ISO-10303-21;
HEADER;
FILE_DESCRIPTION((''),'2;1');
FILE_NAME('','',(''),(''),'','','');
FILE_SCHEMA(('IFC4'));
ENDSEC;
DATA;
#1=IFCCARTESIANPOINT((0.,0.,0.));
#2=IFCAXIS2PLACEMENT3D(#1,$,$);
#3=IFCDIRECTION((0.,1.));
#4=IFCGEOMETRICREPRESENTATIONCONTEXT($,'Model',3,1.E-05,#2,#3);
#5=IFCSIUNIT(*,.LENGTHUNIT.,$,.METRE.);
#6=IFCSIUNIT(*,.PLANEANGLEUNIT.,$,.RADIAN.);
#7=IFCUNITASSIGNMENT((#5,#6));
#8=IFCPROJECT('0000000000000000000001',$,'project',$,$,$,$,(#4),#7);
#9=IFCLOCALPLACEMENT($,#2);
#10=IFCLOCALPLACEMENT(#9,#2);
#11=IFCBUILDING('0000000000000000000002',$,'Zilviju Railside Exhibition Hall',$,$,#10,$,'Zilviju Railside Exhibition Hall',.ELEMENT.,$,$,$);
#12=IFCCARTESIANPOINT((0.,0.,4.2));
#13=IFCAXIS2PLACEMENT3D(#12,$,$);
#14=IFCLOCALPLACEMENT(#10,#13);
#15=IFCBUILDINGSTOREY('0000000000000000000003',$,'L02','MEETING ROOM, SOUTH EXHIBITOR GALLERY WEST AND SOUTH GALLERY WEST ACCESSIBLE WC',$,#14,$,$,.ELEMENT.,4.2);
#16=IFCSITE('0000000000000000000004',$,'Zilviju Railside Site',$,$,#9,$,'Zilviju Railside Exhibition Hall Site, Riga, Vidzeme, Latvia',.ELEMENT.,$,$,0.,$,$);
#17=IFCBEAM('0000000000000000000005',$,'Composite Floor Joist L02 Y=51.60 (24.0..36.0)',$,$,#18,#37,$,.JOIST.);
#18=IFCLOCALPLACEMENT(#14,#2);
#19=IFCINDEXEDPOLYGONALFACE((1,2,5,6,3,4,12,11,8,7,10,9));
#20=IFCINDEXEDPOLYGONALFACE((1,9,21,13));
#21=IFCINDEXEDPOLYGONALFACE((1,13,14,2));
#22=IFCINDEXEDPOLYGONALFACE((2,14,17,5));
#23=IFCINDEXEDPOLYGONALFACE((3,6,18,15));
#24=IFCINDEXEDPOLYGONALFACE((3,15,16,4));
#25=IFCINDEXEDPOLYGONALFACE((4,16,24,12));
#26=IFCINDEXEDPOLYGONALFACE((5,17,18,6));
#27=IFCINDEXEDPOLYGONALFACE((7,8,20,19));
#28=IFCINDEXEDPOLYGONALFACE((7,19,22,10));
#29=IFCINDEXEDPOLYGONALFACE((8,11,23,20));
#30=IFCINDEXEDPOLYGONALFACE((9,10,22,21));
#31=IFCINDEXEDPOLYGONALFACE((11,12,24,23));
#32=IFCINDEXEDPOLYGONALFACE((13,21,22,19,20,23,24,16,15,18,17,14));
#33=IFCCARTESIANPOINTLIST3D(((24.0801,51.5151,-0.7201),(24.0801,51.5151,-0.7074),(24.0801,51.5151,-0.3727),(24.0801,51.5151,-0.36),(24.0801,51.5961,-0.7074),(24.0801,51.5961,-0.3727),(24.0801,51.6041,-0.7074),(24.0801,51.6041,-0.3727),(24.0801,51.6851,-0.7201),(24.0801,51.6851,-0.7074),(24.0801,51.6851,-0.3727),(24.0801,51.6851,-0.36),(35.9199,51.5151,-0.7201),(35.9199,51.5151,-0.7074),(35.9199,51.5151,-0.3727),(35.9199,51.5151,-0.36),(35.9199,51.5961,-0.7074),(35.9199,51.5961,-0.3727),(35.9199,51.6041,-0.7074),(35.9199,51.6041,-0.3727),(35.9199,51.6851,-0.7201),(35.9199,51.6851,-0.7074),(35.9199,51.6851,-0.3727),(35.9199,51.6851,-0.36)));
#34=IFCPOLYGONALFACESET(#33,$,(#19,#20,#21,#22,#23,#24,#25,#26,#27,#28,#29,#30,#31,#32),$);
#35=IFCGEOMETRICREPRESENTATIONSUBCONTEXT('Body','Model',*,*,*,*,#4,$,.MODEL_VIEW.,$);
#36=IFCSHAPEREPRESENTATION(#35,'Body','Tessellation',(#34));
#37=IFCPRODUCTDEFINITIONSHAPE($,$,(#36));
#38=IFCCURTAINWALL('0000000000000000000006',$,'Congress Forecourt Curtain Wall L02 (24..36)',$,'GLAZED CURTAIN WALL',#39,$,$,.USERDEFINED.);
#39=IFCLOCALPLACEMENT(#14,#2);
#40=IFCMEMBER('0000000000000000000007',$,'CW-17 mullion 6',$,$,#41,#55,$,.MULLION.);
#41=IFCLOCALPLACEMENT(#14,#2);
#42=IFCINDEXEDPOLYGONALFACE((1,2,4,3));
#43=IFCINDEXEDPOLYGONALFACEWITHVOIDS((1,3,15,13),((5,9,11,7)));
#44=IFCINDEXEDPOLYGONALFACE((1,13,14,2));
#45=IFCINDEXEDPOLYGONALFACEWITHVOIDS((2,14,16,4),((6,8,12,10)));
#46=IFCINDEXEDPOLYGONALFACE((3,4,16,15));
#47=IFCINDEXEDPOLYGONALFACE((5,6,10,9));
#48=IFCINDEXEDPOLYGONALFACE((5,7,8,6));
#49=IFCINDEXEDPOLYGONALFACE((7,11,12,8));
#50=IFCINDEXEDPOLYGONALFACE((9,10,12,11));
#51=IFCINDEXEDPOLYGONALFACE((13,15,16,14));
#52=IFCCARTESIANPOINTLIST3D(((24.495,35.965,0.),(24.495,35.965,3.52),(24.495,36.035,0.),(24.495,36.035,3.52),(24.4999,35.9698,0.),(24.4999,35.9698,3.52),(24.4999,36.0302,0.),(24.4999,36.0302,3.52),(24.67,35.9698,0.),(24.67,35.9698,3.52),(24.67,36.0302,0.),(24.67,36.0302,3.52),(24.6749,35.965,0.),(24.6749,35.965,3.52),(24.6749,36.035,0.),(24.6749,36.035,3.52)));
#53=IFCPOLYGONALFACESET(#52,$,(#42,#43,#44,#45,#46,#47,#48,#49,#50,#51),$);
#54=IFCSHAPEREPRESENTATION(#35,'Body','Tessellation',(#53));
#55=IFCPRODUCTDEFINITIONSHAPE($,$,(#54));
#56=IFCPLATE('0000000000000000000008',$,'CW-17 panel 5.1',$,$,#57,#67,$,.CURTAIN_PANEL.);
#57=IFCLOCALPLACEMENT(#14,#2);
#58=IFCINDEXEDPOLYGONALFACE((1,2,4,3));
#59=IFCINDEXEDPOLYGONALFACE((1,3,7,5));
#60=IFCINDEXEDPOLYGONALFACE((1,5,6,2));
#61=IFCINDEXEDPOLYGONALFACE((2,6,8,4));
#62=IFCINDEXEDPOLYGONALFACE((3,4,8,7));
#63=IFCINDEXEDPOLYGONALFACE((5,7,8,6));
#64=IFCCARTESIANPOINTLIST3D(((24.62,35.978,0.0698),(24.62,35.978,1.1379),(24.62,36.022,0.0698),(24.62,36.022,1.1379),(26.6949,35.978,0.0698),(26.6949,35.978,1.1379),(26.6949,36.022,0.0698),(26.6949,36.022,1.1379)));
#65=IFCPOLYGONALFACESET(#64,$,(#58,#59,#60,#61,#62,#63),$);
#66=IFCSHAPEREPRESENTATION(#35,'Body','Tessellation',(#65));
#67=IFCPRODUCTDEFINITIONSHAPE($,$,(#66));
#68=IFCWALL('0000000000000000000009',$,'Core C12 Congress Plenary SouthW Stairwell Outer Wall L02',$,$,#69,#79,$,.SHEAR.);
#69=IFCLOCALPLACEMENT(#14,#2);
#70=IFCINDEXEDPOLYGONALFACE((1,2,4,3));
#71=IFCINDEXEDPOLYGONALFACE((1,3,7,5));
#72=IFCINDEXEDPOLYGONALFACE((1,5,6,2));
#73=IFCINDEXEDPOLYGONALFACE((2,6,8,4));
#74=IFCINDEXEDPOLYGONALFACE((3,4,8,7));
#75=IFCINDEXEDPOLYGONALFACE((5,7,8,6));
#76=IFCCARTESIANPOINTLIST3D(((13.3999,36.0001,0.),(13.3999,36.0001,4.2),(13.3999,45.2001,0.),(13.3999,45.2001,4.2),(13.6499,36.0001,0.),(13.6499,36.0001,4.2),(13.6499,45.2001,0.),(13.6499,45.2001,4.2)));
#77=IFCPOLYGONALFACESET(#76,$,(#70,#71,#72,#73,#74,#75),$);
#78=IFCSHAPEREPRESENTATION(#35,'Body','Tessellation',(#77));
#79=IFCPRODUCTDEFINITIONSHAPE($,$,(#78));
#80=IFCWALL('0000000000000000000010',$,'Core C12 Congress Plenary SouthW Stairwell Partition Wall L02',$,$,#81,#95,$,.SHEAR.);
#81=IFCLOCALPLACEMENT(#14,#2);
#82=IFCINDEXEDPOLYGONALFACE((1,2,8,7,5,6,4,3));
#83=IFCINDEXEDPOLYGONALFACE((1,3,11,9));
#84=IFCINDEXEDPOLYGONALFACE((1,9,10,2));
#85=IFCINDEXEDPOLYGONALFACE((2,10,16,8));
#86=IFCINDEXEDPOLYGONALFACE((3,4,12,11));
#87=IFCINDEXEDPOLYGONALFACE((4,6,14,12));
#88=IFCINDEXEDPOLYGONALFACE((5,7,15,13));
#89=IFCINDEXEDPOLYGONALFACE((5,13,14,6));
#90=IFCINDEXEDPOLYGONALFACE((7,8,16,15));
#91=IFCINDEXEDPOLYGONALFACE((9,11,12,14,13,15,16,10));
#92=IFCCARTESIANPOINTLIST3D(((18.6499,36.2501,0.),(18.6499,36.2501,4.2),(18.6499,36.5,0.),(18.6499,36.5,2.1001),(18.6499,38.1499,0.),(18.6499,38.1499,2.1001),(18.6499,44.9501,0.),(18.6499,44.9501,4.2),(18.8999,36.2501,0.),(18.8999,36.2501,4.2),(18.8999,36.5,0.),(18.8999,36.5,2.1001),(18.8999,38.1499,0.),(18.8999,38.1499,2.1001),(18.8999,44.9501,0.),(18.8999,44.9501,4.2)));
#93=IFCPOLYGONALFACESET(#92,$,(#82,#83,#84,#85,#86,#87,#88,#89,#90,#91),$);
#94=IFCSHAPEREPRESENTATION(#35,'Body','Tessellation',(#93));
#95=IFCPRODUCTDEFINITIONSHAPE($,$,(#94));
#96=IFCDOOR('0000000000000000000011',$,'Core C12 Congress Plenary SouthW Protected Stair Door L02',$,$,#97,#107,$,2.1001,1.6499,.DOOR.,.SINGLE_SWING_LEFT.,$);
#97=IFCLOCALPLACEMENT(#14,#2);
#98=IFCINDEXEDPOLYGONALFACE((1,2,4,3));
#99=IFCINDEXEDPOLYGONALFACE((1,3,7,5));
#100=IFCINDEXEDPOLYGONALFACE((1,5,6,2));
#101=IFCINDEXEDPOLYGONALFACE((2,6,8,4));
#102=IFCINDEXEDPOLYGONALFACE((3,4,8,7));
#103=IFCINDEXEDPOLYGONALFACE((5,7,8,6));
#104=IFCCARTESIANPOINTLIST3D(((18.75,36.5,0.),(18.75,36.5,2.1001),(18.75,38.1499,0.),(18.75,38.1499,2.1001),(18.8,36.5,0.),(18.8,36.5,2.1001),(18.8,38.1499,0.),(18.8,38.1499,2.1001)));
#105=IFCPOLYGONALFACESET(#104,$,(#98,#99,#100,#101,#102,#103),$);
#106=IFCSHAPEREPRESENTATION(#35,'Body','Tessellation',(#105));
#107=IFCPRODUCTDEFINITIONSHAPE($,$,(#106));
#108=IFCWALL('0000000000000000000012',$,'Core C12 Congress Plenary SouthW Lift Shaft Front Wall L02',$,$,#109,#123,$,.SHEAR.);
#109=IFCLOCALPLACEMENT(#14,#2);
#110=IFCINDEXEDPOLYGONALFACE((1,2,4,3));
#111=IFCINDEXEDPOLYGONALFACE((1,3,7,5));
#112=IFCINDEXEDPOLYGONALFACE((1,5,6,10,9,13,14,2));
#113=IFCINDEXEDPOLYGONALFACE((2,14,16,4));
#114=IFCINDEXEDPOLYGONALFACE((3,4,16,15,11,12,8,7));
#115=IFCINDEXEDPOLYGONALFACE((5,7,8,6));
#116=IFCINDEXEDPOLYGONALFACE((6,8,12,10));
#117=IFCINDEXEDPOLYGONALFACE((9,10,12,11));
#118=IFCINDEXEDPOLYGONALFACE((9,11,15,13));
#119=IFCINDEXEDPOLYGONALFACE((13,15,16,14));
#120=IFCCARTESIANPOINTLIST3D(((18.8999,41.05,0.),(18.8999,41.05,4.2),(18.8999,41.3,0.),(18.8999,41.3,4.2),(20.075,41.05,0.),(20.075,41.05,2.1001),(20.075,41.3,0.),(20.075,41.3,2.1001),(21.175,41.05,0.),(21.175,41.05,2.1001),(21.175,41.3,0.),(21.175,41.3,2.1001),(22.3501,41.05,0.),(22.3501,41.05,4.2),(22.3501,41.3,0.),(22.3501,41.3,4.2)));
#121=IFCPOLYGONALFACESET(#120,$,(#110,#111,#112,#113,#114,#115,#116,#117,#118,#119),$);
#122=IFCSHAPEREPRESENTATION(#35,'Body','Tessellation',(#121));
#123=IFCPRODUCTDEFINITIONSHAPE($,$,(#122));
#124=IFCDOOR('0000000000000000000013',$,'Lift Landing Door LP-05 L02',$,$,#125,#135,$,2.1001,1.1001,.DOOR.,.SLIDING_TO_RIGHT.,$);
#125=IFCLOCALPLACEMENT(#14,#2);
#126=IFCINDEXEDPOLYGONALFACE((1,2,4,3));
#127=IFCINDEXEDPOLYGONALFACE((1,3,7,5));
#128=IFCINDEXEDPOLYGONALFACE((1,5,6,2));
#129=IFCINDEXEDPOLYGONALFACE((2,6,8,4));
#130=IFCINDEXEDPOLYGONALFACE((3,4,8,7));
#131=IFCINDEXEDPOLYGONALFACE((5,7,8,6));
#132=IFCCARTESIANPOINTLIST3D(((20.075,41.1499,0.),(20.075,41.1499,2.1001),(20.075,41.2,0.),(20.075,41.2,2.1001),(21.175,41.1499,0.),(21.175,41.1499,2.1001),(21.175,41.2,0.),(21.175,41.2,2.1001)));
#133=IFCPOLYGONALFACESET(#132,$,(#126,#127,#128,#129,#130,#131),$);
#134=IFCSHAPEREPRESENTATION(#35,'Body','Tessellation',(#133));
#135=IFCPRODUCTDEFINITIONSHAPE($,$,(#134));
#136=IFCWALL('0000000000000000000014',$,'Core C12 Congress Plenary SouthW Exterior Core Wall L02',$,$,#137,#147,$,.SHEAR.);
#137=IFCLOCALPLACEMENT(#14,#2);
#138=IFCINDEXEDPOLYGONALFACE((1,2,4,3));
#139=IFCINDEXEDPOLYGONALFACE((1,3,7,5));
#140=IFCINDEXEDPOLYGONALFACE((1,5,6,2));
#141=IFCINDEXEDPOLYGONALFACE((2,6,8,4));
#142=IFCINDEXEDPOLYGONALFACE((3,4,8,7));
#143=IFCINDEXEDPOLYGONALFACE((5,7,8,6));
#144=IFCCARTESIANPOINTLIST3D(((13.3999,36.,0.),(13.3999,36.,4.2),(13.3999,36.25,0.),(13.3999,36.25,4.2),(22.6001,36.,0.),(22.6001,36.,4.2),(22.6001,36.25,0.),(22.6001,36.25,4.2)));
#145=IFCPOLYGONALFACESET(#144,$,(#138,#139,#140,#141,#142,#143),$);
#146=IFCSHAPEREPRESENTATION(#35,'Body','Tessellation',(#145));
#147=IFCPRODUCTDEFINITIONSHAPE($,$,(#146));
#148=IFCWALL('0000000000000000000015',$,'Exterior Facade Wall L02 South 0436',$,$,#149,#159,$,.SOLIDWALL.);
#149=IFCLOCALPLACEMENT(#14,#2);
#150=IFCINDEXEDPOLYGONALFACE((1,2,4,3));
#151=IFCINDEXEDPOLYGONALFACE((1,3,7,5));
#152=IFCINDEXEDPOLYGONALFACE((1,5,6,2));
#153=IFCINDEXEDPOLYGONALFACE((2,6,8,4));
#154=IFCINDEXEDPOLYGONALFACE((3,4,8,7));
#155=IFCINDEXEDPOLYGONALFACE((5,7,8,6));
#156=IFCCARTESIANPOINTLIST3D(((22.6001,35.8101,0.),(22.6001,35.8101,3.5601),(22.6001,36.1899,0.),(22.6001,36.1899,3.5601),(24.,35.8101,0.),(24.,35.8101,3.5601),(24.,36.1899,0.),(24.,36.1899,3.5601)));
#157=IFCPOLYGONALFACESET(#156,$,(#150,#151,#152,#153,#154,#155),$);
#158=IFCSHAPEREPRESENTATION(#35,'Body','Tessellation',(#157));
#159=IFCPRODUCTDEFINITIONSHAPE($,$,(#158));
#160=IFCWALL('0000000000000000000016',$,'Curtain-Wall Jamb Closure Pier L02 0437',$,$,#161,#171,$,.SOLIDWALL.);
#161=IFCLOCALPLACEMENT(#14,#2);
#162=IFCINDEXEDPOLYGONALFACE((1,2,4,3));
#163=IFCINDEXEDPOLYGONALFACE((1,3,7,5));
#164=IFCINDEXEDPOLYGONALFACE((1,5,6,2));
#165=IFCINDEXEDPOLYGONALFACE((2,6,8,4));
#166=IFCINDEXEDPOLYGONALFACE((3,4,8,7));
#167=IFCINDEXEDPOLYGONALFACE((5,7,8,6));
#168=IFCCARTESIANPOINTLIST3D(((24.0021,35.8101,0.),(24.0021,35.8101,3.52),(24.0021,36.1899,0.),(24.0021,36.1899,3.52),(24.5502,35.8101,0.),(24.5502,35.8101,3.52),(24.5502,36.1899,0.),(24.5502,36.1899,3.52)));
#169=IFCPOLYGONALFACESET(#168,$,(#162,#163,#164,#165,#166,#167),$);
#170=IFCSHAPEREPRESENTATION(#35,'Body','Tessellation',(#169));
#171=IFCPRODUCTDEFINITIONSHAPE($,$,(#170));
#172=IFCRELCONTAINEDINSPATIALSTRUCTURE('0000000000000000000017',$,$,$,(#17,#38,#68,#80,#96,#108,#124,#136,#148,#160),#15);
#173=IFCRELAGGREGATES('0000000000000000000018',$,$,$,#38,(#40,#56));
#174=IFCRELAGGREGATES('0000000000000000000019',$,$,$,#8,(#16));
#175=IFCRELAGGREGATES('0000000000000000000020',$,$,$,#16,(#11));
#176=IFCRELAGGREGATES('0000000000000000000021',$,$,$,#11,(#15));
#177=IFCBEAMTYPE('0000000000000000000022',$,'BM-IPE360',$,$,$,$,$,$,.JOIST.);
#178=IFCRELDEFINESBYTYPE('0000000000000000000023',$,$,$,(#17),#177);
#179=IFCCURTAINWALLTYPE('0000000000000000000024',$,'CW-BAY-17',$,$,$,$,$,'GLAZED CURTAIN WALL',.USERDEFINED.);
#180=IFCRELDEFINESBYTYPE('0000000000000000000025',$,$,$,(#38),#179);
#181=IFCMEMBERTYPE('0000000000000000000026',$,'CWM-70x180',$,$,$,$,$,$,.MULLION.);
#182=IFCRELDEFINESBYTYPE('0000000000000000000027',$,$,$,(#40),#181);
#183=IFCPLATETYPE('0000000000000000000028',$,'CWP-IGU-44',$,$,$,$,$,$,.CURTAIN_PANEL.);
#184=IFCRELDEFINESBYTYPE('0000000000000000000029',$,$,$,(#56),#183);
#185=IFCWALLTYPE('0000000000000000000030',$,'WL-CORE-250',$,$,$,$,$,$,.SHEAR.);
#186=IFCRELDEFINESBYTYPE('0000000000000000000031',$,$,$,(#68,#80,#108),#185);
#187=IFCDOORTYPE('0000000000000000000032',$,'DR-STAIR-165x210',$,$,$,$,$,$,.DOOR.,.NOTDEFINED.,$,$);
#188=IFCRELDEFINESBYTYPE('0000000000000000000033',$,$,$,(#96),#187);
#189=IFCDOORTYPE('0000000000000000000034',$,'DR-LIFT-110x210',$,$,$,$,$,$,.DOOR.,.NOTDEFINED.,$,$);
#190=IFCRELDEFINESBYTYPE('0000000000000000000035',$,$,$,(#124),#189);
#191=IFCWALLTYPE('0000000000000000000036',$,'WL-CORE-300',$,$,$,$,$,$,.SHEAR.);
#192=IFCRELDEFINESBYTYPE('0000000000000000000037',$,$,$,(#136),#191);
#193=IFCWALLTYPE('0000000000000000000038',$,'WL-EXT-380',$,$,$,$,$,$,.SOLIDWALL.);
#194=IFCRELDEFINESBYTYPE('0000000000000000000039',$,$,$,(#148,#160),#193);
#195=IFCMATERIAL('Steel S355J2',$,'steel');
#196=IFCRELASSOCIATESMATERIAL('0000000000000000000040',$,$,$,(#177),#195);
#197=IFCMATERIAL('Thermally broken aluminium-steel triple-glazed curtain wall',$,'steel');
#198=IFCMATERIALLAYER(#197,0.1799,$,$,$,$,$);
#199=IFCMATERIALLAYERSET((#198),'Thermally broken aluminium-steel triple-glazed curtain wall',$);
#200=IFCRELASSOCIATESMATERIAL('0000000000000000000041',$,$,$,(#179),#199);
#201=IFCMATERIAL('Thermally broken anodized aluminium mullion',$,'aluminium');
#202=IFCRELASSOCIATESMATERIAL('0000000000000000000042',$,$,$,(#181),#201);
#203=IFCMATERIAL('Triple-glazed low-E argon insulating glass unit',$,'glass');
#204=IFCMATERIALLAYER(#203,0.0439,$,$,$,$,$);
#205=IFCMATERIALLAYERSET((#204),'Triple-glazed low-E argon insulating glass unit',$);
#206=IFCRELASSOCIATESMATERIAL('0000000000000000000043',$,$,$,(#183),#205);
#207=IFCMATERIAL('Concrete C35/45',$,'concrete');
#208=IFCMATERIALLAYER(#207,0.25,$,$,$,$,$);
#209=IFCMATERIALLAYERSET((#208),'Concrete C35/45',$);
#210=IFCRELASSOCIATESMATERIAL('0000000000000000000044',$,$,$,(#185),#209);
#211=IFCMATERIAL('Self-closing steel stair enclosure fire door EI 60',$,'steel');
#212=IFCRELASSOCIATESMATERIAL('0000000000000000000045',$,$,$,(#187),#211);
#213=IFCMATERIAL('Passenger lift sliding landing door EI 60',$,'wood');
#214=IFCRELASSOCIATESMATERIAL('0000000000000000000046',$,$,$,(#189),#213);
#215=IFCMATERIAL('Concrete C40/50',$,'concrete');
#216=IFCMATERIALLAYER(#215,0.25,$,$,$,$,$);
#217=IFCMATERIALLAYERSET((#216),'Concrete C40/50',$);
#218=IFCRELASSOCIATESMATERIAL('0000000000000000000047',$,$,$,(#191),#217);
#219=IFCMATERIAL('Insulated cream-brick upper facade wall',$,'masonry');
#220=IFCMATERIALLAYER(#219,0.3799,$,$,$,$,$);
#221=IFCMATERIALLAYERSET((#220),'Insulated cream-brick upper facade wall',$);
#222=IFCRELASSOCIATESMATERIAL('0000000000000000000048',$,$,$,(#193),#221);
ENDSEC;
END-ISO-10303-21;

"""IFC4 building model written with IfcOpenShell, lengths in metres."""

from ifc_helpers import new_model, si_unit, direction, frame, frame_2d, origin, origin_2d, place, context, subcontext, project, spatial, rectangle, hollow_rectangle, i_section, extrude, material, layer, layer_set, material_profile, profile_set, type_object, element, fill, aggregate, save


model = new_model("IFC4")

# Units and contexts
model_context = context("Model", 3, precision=1e-05, world=origin(), true_north=direction((0.0, 1.0)))
body_context = subcontext(model_context, "Body", "Model", "MODEL_VIEW")
ifc_project = project(units=[si_unit("LENGTHUNIT", "METRE"), si_unit("PLANEANGLEUNIT", "RADIAN")], contexts=[model_context])

# Site, building, storey
site_placement = place(None, origin())
site = spatial("IfcSite", under=ifc_project, at=site_placement, Name="Zilviju Railside Site", LongName="Zilviju Railside Exhibition Hall Site, Riga, Vidzeme, Latvia", CompositionType="ELEMENT", RefElevation=0.0)
building_placement = place(site_placement, origin())
building = spatial("IfcBuilding", under=site, at=building_placement, Name="Zilviju Railside Exhibition Hall", LongName="Zilviju Railside Exhibition Hall", CompositionType="ELEMENT")
storey_placement = place(building_placement, frame((0.0, 0.0, 4.2)))
storey = spatial("IfcBuildingStorey", under=building, at=storey_placement, Name="L02", Description="MEETING ROOM, SOUTH EXHIBITOR GALLERY WEST AND SOUTH GALLERY WEST ACCESSIBLE WC", CompositionType="ELEMENT", Elevation=4.2)

# Shared definitions
ifc_material_1 = material(Name="Steel S355J2", Category="steel")

# Beam
ifc_material_profile_1 = material_profile(ifc_material_1, i_section(OverallWidth=0.1699, OverallDepth=0.3601, WebThickness=0.0081, FlangeThickness=0.0127, at=origin_2d()), Name="IPE 360")
ifc_profile_set_1 = profile_set([ifc_material_profile_1], Name="Steel S355J2")
beam_type_1 = type_object("IfcBeamType", Name="BM-IPE360", PredefinedType="JOIST", material=ifc_profile_set_1)
beam_1_placement = place(storey_placement, frame((24.0801, 51.6001, -0.54), z_axis=(1.0, 0.0, 0.0), x_axis=(0.0, 1.0, 0.0)))
element("IfcBeam", 1, at=beam_1_placement, inside=storey, type_object=beam_type_1, Name="Composite Floor Joist L02 Y=51.60 (24.0..36.0)", PredefinedType="JOIST", context=body_context, shape_type="SweptSolid", body=[
    extrude(i_section(OverallWidth=0.1699, OverallDepth=0.3601, WebThickness=0.0081, FlangeThickness=0.0127, at=origin_2d()), origin(), (0.0, 0.0, 1.0), 11.8398),
])

# Curtain wall, member, plate
ifc_material_2 = material(Name="Thermally broken aluminium-steel triple-glazed curtain wall", Category="steel")
ifc_layer_1 = layer(ifc_material_2, 0.1799)
ifc_layer_set_1 = layer_set([ifc_layer_1], Name="Thermally broken aluminium-steel triple-glazed curtain wall")
curtain_wall_type = type_object("IfcCurtainWallType", Name="CW-BAY-17", ElementType="GLAZED CURTAIN WALL", PredefinedType="USERDEFINED", material=ifc_layer_set_1)
curtain_wall_placement = place(storey_placement, origin())
curtain_wall = element("IfcCurtainWall", 2, at=curtain_wall_placement, inside=storey, type_object=curtain_wall_type, Name="Congress Forecourt Curtain Wall L02 (24..36)", ObjectType="GLAZED CURTAIN WALL", PredefinedType="USERDEFINED")
ifc_material_3 = material(Name="Thermally broken anodized aluminium mullion", Category="aluminium")
ifc_material_profile_2 = material_profile(ifc_material_3, hollow_rectangle(XDim=0.0701, YDim=0.1799, WallThickness=0.0049, at=origin_2d()), Name="MULLION 180x70x5")
ifc_profile_set_2 = profile_set([ifc_material_profile_2], Name="Thermally broken anodized aluminium mullion")
member_type = type_object("IfcMemberType", Name="CWM-70x180", PredefinedType="MULLION", material=ifc_profile_set_2)
member_placement = place(storey_placement, frame((24.585, 36.0, 0.0), z_axis=(0.0, 0.0, 1.0), x_axis=(0.0, -1.0, 0.0)))
member = element("IfcMember", 3, at=member_placement, type_object=member_type, Name="CW-17 mullion 6", PredefinedType="MULLION", context=body_context, shape_type="SweptSolid", body=[
    extrude(hollow_rectangle(XDim=0.0701, YDim=0.1799, WallThickness=0.0049, at=origin_2d()), origin(), (0.0, 0.0, 1.0), 3.52),
])
ifc_material_4 = material(Name="Triple-glazed low-E argon insulating glass unit", Category="glass")
ifc_layer_2 = layer(ifc_material_4, 0.0439)
ifc_layer_set_2 = layer_set([ifc_layer_2], Name="Triple-glazed low-E argon insulating glass unit")
plate_type = type_object("IfcPlateType", Name="CWP-IGU-44", PredefinedType="CURTAIN_PANEL", material=ifc_layer_set_2)
plate_placement = place(storey_placement, frame((25.6575, 36.0, 0.0698), z_axis=(0.0, 0.0, 1.0), x_axis=(-1.0, 0.0, 0.0)))
plate = element("IfcPlate", 4, at=plate_placement, type_object=plate_type, Name="CW-17 panel 5.1", PredefinedType="CURTAIN_PANEL", context=body_context, shape_type="SweptSolid", body=[
    extrude(rectangle(XDim=2.075, YDim=0.0439, at=origin_2d()), origin(), (0.0, 0.0, 1.0), 1.0681),
])
aggregate(curtain_wall, [member, plate])

# Wall
ifc_material_5 = material(Name="Concrete C35/45", Category="concrete")
ifc_layer_3 = layer(ifc_material_5, 0.25)
ifc_layer_set_3 = layer_set([ifc_layer_3], Name="Concrete C35/45")
wall_type_1 = type_object("IfcWallType", Name="WL-CORE-250", PredefinedType="SHEAR", material=ifc_layer_set_3)
wall_1_placement = place(storey_placement, frame((13.5249, 36.0, 0.0), z_axis=(0.0, 0.0, 1.0), x_axis=(0.0, 1.0, 0.0)))
element("IfcWall", 5, at=wall_1_placement, inside=storey, type_object=wall_type_1, Name="Core C12 Congress Plenary SouthW Stairwell Outer Wall L02", PredefinedType="SHEAR", context=body_context, shape_type="SweptSolid", body=[
    extrude(rectangle(XDim=9.2, YDim=0.25, at=frame_2d((4.6001, 0.0))), origin(), (0.0, 0.0, 1.0), 4.2),
])

# Walls, openings, doors
wall_2_placement = place(storey_placement, frame((18.7749, 36.25, 0.0), z_axis=(0.0, 0.0, 1.0), x_axis=(0.0, 1.0, 0.0)))
wall_2 = element("IfcWall", 6, at=wall_2_placement, inside=storey, type_object=wall_type_1, Name="Core C12 Congress Plenary SouthW Stairwell Partition Wall L02", PredefinedType="SHEAR", context=body_context, shape_type="SweptSolid", body=[
    extrude(rectangle(XDim=8.7, YDim=0.25, at=frame_2d((4.3501, 0.0))), origin(), (0.0, 0.0, 1.0), 4.2),
])
opening_1_placement = place(wall_2_placement, frame((0.25, 0.0, 0.0)))
opening_1 = element("IfcOpeningElement", 7, at=opening_1_placement, cuts=wall_2, PredefinedType="OPENING", context=body_context, shape_type="SweptSolid", body=[
    extrude(rectangle(XDim=1.6499, YDim=2.1001, at=frame_2d((0.825, 1.05))), frame((0.0, 0.135, 0.0), z_axis=(0.0, -1.0, 0.0), x_axis=(1.0, 0.0, 0.0)), (0.0, 0.0, 1.0), 0.27),
])
ifc_material_6 = material(Name="Self-closing steel stair enclosure fire door EI 60", Category="steel")
door_type_1 = type_object("IfcDoorType", Name="DR-STAIR-165x210", OperationType="NOTDEFINED", PredefinedType="DOOR", material=ifc_material_6)
door_1_placement = place(opening_1_placement, origin())
door_1 = element("IfcDoor", 8, at=door_1_placement, inside=storey, type_object=door_type_1, Name="Core C12 Congress Plenary SouthW Protected Stair Door L02", OperationType="SINGLE_SWING_LEFT", OverallHeight=2.1001, OverallWidth=1.6499, PredefinedType="DOOR", context=body_context, shape_type="SweptSolid", body=[
    extrude(rectangle(XDim=1.6499, YDim=2.1001, at=frame_2d((0.825, 1.05))), frame((0.0, 0.0249, 0.0), z_axis=(0.0, -1.0, 0.0), x_axis=(1.0, 0.0, 0.0)), (0.0, 0.0, 1.0), 0.05),
])
fill(opening_1, door_1)
wall_3_placement = place(storey_placement, frame((18.8999, 41.175, 0.0), z_axis=(0.0, 0.0, 1.0), x_axis=(1.0, 0.0, 0.0)))
wall_3 = element("IfcWall", 9, at=wall_3_placement, inside=storey, type_object=wall_type_1, Name="Core C12 Congress Plenary SouthW Lift Shaft Front Wall L02", PredefinedType="SHEAR", context=body_context, shape_type="SweptSolid", body=[
    extrude(rectangle(XDim=3.4502, YDim=0.25, at=frame_2d((1.7251, 0.0))), origin(), (0.0, 0.0, 1.0), 4.2),
])
opening_2_placement = place(wall_3_placement, frame((1.175, 0.0, 0.0)))
opening_2 = element("IfcOpeningElement", 10, at=opening_2_placement, cuts=wall_3, PredefinedType="OPENING", context=body_context, shape_type="SweptSolid", body=[
    extrude(rectangle(XDim=1.1001, YDim=2.1001, at=frame_2d((0.55, 1.05))), frame((0.0, 0.135, 0.0), z_axis=(0.0, -1.0, 0.0), x_axis=(1.0, 0.0, 0.0)), (0.0, 0.0, 1.0), 0.27),
])
ifc_material_7 = material(Name="Passenger lift sliding landing door EI 60", Category="wood")
door_type_2 = type_object("IfcDoorType", Name="DR-LIFT-110x210", OperationType="NOTDEFINED", PredefinedType="DOOR", material=ifc_material_7)
door_2_placement = place(opening_2_placement, origin())
door_2 = element("IfcDoor", 11, at=door_2_placement, inside=storey, type_object=door_type_2, Name="Lift Landing Door LP-05 L02", OperationType="SLIDING_TO_RIGHT", OverallHeight=2.1001, OverallWidth=1.1001, PredefinedType="DOOR", context=body_context, shape_type="SweptSolid", body=[
    extrude(rectangle(XDim=1.1001, YDim=2.1001, at=frame_2d((0.55, 1.05))), frame((0.0, 0.0249, 0.0), z_axis=(0.0, -1.0, 0.0), x_axis=(1.0, 0.0, 0.0)), (0.0, 0.0, 1.0), 0.05),
])
fill(opening_2, door_2)

# Walls
ifc_material_8 = material(Name="Concrete C40/50", Category="concrete")
ifc_layer_4 = layer(ifc_material_8, 0.25)
ifc_layer_set_4 = layer_set([ifc_layer_4], Name="Concrete C40/50")
wall_type_2 = type_object("IfcWallType", Name="WL-CORE-300", PredefinedType="SHEAR", material=ifc_layer_set_4)
wall_4_placement = place(storey_placement, frame((22.6001, 36.125, 0.0), z_axis=(0.0, 0.0, 1.0), x_axis=(-1.0, 0.0, 0.0)))
element("IfcWall", 12, at=wall_4_placement, inside=storey, type_object=wall_type_2, Name="Core C12 Congress Plenary SouthW Exterior Core Wall L02", PredefinedType="SHEAR", context=body_context, shape_type="SweptSolid", body=[
    extrude(rectangle(XDim=9.2002, YDim=0.25, at=frame_2d((4.6001, 0.0))), origin(), (0.0, 0.0, 1.0), 4.2),
])
ifc_material_9 = material(Name="Insulated cream-brick upper facade wall", Category="masonry")
ifc_layer_5 = layer(ifc_material_9, 0.3799)
ifc_layer_set_5 = layer_set([ifc_layer_5], Name="Insulated cream-brick upper facade wall")
wall_type_3 = type_object("IfcWallType", Name="WL-EXT-380", PredefinedType="SOLIDWALL", material=ifc_layer_set_5)
wall_5_placement = place(storey_placement, frame((24.0, 36.0, 0.0), z_axis=(0.0, 0.0, 1.0), x_axis=(-1.0, 0.0, 0.0)))
element("IfcWall", 13, at=wall_5_placement, inside=storey, type_object=wall_type_3, Name="Exterior Facade Wall L02 South 0436", PredefinedType="SOLIDWALL", context=body_context, shape_type="SweptSolid", body=[
    extrude(rectangle(XDim=1.3999, YDim=0.3799, at=frame_2d((0.7, 0.0))), origin(), (0.0, 0.0, 1.0), 3.5601),
])
wall_6_placement = place(storey_placement, frame((24.55, 36.0, 0.0), z_axis=(0.0, 0.0, 1.0), x_axis=(-1.0, 0.0, 0.0)))
element("IfcWall", 14, at=wall_6_placement, inside=storey, type_object=wall_type_3, Name="Curtain-Wall Jamb Closure Pier L02 0437", PredefinedType="SOLIDWALL", context=body_context, shape_type="SweptSolid", body=[
    extrude(rectangle(XDim=0.5481, YDim=0.3799, at=frame_2d((0.2739, 0.0))), origin(), (0.0, 0.0, 1.0), 3.52),
])

save(model, "model.ifc")
